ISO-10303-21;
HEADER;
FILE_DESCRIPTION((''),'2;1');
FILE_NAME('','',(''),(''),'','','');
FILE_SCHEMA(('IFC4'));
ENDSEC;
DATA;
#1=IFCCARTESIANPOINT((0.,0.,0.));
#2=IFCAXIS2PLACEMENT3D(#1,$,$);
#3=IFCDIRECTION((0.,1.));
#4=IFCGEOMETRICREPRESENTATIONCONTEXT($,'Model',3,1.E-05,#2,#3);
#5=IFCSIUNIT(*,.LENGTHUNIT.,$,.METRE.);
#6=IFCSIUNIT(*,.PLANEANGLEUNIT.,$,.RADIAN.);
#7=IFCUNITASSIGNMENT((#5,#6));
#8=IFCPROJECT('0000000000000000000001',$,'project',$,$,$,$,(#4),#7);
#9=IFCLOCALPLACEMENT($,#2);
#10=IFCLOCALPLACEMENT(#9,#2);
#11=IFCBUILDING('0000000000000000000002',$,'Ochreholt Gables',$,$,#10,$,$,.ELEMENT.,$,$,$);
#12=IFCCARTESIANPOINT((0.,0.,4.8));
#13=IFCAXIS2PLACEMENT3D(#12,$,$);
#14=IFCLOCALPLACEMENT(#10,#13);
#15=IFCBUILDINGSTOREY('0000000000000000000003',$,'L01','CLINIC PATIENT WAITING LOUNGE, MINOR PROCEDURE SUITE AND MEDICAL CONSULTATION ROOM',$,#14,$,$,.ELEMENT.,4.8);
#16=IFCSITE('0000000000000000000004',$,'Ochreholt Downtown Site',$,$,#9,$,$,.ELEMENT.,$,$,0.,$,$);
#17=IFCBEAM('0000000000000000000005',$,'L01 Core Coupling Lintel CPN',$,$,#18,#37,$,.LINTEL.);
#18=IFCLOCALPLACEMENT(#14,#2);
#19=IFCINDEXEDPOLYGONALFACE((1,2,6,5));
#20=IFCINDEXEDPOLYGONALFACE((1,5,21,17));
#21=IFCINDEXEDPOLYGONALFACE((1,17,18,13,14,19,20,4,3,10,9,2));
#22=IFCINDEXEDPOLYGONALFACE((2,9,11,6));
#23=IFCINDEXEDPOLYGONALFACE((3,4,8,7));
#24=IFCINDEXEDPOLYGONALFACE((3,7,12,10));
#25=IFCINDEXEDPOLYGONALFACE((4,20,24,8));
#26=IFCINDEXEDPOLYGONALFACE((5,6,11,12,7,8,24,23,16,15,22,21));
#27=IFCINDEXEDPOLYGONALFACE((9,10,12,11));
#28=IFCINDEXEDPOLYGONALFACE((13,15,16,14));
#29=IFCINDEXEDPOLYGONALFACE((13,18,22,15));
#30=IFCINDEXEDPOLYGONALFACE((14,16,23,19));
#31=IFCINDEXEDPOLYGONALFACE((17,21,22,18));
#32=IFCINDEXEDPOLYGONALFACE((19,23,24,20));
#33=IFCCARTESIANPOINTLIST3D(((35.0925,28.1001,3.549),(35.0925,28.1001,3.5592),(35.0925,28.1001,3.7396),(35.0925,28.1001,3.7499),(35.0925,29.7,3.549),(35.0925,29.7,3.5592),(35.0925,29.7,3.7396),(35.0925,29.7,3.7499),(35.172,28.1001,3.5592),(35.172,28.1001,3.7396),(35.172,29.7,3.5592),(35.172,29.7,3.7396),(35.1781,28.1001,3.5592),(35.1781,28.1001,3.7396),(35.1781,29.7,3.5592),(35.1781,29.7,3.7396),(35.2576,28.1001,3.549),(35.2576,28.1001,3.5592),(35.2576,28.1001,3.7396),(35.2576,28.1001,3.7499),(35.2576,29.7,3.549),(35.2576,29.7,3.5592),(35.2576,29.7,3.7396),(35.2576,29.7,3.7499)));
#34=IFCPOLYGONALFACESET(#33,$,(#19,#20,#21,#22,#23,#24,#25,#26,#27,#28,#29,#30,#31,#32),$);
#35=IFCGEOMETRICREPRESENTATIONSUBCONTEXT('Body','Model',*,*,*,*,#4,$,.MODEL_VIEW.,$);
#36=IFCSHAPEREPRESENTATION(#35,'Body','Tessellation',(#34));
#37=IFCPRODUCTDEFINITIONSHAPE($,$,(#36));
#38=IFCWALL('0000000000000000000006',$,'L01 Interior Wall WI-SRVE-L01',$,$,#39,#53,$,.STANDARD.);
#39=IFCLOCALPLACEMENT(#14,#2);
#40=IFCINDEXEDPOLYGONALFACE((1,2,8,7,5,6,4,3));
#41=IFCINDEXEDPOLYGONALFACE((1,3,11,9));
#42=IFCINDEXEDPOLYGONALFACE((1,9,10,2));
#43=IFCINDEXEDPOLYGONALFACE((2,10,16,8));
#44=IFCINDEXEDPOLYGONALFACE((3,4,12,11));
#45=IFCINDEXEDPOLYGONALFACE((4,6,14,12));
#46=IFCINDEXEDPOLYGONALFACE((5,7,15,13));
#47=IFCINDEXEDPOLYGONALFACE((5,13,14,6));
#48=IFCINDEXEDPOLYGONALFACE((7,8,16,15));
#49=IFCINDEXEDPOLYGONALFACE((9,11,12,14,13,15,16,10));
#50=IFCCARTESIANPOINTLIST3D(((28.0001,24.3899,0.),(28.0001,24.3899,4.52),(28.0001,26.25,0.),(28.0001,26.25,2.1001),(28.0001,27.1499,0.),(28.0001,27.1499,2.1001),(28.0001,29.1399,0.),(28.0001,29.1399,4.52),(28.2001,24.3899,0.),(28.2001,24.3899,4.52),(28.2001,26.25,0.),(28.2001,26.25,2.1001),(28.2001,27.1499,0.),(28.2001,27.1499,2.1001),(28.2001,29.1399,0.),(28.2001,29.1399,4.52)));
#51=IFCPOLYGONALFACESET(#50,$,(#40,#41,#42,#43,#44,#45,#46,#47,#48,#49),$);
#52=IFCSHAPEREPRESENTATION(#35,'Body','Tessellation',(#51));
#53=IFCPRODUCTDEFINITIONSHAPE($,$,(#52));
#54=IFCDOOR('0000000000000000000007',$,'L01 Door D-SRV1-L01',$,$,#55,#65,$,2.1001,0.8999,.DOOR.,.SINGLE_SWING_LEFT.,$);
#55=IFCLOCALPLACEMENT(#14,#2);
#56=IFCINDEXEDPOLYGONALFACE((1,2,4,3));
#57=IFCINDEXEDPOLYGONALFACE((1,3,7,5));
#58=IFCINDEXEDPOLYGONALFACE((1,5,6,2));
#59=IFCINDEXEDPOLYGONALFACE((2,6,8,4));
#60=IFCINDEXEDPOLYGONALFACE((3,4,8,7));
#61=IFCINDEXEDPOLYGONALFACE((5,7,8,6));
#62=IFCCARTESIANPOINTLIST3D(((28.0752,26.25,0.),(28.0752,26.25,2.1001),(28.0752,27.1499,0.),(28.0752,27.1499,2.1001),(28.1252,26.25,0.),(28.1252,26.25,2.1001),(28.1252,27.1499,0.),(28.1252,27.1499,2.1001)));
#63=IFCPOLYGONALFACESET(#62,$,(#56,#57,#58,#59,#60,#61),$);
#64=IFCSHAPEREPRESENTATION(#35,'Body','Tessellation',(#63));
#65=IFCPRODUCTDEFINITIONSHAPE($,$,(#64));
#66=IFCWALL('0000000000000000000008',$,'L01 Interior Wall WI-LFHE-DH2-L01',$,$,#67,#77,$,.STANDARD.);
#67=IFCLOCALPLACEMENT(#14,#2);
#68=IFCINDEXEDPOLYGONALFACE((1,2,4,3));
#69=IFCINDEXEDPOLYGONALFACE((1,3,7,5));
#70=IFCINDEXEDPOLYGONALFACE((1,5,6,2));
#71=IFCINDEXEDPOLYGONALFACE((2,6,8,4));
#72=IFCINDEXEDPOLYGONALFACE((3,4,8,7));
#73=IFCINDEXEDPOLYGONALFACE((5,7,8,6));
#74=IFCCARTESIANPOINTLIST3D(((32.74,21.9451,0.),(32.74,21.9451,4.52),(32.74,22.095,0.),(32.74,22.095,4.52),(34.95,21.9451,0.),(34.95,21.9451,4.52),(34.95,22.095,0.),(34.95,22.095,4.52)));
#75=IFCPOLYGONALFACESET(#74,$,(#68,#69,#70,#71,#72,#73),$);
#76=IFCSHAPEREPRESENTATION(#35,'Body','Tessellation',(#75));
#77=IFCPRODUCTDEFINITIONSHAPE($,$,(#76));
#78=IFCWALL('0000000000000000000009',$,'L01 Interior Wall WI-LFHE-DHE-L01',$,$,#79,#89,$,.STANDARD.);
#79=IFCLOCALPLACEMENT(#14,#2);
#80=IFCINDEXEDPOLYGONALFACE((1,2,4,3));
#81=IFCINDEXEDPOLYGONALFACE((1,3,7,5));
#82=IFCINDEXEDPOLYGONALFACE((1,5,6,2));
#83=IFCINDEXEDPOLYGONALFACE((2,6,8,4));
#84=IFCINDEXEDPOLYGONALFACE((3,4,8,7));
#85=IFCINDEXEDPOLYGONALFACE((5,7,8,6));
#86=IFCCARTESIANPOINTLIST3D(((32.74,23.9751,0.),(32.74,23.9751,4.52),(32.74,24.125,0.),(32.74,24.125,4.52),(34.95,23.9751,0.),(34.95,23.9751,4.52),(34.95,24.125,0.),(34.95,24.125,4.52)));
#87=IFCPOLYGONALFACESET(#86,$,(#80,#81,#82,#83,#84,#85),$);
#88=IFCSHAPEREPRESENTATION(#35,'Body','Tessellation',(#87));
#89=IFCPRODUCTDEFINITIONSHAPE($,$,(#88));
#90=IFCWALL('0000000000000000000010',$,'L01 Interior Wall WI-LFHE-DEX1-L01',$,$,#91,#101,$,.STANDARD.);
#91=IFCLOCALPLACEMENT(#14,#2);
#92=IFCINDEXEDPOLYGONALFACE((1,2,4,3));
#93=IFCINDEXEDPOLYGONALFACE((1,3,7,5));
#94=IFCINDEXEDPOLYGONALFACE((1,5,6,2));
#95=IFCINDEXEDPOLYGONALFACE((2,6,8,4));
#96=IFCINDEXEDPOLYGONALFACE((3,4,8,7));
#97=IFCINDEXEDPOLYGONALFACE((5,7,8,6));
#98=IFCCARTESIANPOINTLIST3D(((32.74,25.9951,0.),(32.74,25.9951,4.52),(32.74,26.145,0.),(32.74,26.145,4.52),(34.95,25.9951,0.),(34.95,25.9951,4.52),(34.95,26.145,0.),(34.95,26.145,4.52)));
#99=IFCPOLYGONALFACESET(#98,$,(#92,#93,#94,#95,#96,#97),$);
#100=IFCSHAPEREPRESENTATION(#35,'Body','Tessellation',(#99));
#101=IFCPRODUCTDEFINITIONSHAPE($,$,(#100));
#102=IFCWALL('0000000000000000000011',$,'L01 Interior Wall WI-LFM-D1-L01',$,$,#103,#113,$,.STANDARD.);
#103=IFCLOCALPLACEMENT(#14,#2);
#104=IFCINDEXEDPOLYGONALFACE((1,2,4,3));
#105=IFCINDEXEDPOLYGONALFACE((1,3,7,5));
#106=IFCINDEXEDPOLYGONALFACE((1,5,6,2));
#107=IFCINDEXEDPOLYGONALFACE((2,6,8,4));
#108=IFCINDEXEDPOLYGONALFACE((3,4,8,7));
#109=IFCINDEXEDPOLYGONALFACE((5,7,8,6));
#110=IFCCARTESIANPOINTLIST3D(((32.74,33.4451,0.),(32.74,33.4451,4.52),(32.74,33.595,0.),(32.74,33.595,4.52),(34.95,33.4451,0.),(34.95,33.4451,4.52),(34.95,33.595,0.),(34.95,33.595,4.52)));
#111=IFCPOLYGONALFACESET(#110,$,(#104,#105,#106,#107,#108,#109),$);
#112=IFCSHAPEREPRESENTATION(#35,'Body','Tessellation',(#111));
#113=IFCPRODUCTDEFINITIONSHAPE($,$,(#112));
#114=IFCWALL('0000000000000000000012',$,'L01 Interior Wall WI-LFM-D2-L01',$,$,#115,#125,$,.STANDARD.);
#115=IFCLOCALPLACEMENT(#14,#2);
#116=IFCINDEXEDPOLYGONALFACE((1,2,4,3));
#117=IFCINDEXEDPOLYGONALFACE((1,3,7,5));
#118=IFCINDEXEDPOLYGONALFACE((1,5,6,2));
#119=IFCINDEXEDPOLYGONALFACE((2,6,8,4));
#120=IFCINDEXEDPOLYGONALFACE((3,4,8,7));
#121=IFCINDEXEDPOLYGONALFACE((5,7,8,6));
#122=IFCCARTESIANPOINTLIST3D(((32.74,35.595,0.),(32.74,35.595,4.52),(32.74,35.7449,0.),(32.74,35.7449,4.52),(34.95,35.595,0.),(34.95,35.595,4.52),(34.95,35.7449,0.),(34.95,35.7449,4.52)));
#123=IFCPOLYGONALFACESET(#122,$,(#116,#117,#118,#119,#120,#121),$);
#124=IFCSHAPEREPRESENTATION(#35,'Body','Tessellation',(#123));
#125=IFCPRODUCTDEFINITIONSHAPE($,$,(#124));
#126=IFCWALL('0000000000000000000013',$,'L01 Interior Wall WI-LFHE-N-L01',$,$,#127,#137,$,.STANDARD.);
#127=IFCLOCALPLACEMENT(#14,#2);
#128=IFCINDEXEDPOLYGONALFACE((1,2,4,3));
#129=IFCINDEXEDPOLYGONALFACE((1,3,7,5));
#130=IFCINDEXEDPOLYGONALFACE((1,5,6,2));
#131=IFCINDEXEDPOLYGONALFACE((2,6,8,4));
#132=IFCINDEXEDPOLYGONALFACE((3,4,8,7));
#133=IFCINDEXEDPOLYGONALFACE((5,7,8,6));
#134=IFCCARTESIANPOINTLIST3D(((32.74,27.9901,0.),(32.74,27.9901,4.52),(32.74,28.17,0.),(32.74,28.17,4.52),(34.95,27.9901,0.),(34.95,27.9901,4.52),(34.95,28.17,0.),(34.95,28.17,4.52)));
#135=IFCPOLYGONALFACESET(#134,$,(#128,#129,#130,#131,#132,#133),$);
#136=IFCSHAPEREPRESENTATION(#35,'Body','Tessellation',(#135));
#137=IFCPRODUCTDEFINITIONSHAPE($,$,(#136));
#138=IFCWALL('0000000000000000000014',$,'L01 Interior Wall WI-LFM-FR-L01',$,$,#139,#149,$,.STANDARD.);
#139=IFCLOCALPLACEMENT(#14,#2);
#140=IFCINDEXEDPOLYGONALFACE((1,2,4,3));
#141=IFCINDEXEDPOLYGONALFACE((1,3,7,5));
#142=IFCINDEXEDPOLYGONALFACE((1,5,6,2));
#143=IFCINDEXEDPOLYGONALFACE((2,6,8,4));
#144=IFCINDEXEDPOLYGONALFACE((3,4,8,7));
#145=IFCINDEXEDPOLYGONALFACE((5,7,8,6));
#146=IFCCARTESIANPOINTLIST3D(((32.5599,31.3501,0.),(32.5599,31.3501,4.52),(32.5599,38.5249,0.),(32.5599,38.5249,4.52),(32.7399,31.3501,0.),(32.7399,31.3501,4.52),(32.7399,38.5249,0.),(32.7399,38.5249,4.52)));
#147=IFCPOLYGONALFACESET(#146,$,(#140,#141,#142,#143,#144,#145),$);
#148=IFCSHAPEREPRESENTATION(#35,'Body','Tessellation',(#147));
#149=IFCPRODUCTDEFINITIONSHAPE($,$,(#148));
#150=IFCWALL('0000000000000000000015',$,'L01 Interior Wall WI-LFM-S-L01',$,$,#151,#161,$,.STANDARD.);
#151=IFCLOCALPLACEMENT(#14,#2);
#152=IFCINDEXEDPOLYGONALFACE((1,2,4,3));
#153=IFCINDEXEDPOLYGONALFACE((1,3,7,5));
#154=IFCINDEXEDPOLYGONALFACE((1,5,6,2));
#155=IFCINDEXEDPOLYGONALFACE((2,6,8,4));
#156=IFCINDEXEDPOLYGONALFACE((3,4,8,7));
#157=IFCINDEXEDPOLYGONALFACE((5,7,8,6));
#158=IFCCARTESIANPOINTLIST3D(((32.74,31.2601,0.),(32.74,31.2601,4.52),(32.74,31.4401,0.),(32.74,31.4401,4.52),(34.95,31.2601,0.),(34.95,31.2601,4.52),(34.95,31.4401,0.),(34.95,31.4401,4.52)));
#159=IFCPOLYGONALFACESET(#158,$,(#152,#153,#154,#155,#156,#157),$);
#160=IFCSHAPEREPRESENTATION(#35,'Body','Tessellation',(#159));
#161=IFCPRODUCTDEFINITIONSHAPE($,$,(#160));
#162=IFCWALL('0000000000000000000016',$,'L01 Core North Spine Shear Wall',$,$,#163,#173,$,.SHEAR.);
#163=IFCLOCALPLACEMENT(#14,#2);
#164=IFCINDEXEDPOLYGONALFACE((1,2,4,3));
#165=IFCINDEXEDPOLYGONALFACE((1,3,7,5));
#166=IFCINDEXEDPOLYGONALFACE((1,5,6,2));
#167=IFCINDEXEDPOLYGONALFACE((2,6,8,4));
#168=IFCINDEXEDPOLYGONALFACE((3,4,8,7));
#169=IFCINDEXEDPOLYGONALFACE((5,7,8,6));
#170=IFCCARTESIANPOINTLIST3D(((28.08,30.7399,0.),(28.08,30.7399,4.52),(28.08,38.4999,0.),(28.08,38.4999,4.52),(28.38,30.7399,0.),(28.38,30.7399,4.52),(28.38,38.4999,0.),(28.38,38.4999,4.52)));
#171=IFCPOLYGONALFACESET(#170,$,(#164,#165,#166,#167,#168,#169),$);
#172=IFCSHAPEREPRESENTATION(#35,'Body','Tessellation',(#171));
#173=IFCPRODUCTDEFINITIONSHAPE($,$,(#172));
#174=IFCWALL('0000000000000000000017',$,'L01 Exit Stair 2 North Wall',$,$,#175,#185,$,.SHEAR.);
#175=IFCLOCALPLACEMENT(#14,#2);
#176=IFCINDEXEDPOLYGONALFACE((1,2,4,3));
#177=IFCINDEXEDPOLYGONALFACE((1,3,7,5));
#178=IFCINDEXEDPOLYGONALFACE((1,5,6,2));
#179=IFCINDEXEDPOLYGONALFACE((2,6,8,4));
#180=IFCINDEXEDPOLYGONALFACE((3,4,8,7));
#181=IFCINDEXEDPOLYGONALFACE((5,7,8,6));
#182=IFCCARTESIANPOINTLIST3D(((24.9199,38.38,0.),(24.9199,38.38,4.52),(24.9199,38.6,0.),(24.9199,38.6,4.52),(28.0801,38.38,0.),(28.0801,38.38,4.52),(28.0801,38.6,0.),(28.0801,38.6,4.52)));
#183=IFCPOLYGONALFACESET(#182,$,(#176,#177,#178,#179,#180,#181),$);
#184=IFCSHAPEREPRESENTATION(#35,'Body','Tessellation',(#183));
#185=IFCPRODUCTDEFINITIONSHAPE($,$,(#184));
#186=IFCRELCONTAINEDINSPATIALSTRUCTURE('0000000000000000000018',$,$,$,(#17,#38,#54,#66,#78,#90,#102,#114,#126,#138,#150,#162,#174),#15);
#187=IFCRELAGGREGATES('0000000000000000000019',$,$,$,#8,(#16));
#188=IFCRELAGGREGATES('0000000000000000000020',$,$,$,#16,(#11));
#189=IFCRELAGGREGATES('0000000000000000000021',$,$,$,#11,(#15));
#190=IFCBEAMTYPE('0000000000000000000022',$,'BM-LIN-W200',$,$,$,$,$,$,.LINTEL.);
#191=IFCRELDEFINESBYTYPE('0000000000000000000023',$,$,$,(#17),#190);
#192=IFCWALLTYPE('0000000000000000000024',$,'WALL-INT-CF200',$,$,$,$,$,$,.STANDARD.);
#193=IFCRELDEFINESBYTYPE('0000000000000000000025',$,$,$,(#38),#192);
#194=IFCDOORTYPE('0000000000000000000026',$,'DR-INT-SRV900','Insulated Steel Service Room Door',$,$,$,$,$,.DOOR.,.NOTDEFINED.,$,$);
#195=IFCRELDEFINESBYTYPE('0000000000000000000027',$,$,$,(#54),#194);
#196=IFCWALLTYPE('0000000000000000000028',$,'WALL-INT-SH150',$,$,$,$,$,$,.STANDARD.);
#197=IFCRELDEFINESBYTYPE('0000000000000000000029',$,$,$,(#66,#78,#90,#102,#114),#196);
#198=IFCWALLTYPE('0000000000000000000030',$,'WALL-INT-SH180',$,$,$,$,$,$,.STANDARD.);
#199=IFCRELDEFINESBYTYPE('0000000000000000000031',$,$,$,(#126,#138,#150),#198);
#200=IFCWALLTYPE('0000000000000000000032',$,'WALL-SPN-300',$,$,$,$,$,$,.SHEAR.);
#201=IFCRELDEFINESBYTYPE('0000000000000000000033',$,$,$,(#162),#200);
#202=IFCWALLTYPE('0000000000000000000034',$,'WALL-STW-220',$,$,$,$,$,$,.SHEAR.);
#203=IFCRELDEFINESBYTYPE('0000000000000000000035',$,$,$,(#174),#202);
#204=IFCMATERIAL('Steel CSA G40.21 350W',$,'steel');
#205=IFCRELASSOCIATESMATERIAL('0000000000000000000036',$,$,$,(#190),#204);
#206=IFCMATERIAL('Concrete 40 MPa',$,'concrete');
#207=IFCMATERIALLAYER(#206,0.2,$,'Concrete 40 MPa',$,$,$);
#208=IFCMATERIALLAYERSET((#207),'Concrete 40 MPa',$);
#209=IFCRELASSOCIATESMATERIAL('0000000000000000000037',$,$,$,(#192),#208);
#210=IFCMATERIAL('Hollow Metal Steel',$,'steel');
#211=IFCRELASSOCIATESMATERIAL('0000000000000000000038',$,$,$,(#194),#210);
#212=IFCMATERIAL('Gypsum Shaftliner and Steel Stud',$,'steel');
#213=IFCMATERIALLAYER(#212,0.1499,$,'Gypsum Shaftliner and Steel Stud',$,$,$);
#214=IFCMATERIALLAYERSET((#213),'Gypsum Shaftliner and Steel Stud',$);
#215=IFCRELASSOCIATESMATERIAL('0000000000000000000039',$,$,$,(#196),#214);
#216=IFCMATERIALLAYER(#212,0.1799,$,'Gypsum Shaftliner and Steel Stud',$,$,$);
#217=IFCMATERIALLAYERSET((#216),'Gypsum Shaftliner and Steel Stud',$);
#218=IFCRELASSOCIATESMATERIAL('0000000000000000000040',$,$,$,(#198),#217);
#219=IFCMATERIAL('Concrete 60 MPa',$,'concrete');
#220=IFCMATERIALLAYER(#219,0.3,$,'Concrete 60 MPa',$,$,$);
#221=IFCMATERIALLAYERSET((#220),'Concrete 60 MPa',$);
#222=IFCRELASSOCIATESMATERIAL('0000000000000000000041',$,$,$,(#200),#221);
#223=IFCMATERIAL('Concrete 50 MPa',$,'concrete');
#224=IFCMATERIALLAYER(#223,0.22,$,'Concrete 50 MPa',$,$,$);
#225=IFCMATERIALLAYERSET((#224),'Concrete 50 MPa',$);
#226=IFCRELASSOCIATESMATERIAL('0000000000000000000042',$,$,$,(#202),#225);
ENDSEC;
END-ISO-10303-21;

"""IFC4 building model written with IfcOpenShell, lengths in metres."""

from ifc_helpers import new_model, si_unit, direction, frame, frame_2d, origin, origin_2d, place, context, subcontext, project, spatial, rectangle, i_section, extrude, material, layer, layer_set, material_profile, profile_set, type_object, element, fill, save


model = new_model("IFC4")

# Units and contexts
model_context = context("Model", 3, precision=1e-05, world=origin(), true_north=direction((0.0, 1.0)))
body_context = subcontext(model_context, "Body", "Model", "MODEL_VIEW")
ifc_project = project(units=[si_unit("LENGTHUNIT", "METRE"), si_unit("PLANEANGLEUNIT", "RADIAN")], contexts=[model_context])

# Site, building, storey
site_placement = place(None, origin())
site = spatial("IfcSite", under=ifc_project, at=site_placement, Name="Ochreholt Downtown Site", CompositionType="ELEMENT", RefElevation=0.0)
building_placement = place(site_placement, origin())
building = spatial("IfcBuilding", under=site, at=building_placement, Name="Ochreholt Gables", CompositionType="ELEMENT")
storey_placement = place(building_placement, frame((0.0, 0.0, 4.8)))
storey = spatial("IfcBuildingStorey", under=building, at=storey_placement, Name="L01", Description="CLINIC PATIENT WAITING LOUNGE, MINOR PROCEDURE SUITE AND MEDICAL CONSULTATION ROOM", CompositionType="ELEMENT", Elevation=4.8)

# Beam
ifc_material_1 = material(Name="Steel CSA G40.21 350W", Category="steel")
ifc_material_profile = material_profile(ifc_material_1, i_section(OverallWidth=0.165, OverallDepth=0.2009, WebThickness=0.0061, FlangeThickness=0.0103, at=origin_2d()), Name="W200X36")
ifc_profile_set = profile_set([ifc_material_profile], Name="Steel CSA G40.21 350W")
beam_type = type_object("IfcBeamType", Name="BM-LIN-W200", PredefinedType="LINTEL", material=ifc_profile_set)
beam_placement = place(storey_placement, frame((35.175, 28.1001, 3.6494), z_axis=(0.0, 1.0, 0.0), x_axis=(-1.0, 0.0, 0.0)))
element("IfcBeam", 1, at=beam_placement, inside=storey, type_object=beam_type, Name="L01 Core Coupling Lintel CPN", PredefinedType="LINTEL", context=body_context, shape_type="SweptSolid", body=[
    extrude(i_section(OverallWidth=0.165, OverallDepth=0.2009, WebThickness=0.0061, FlangeThickness=0.0103, at=origin_2d()), origin(), (0.0, 0.0, 1.0), 1.5999),
])

# Wall, opening, door
ifc_material_2 = material(Name="Concrete 40 MPa", Category="concrete")
ifc_layer_1 = layer(ifc_material_2, 0.2, Name="Concrete 40 MPa")
ifc_layer_set_1 = layer_set([ifc_layer_1], Name="Concrete 40 MPa")
wall_type_1 = type_object("IfcWallType", Name="WALL-INT-CF200", PredefinedType="STANDARD", material=ifc_layer_set_1)
wall_1_placement = place(storey_placement, frame((28.1001, 24.3899, 0.0), z_axis=(0.0, 0.0, 1.0), x_axis=(0.0, 1.0, 0.0)))
wall_1 = element("IfcWall", 2, at=wall_1_placement, inside=storey, type_object=wall_type_1, Name="L01 Interior Wall WI-SRVE-L01", PredefinedType="STANDARD", context=body_context, shape_type="SweptSolid", body=[
    extrude(rectangle(XDim=4.75, YDim=0.2, at=frame_2d((2.375, 0.0))), origin(), (0.0, 0.0, 1.0), 4.52),
])
opening_placement = place(wall_1_placement, frame((1.8601, 0.0, 0.0)))
opening = element("IfcOpeningElement", 3, at=opening_placement, cuts=wall_1, PredefinedType="OPENING", context=body_context, shape_type="SweptSolid", body=[
    extrude(rectangle(XDim=0.8999, YDim=2.1001, at=frame_2d((0.45, 1.05))), frame((0.0, 0.1099, 0.0), z_axis=(0.0, -1.0, 0.0), x_axis=(1.0, 0.0, 0.0)), (0.0, 0.0, 1.0), 0.22),
])
ifc_material_3 = material(Name="Hollow Metal Steel", Category="steel")
door_type = type_object("IfcDoorType", Name="DR-INT-SRV900", Description="Insulated Steel Service Room Door", OperationType="NOTDEFINED", PredefinedType="DOOR", material=ifc_material_3)
door_placement = place(opening_placement, origin())
door = element("IfcDoor", 4, at=door_placement, inside=storey, type_object=door_type, Name="L01 Door D-SRV1-L01", OperationType="SINGLE_SWING_LEFT", OverallHeight=2.1001, OverallWidth=0.8999, PredefinedType="DOOR", context=body_context, shape_type="SweptSolid", body=[
    extrude(rectangle(XDim=0.8999, YDim=2.1001, at=frame_2d((0.45, 1.05))), frame((0.0, 0.0249, 0.0), z_axis=(0.0, -1.0, 0.0), x_axis=(1.0, 0.0, 0.0)), (0.0, 0.0, 1.0), 0.05),
])
fill(opening, door)

# Walls
ifc_material_4 = material(Name="Gypsum Shaftliner and Steel Stud", Category="steel")
ifc_layer_2 = layer(ifc_material_4, 0.1499, Name="Gypsum Shaftliner and Steel Stud")
ifc_layer_set_2 = layer_set([ifc_layer_2], Name="Gypsum Shaftliner and Steel Stud")
wall_type_2 = type_object("IfcWallType", Name="WALL-INT-SH150", PredefinedType="STANDARD", material=ifc_layer_set_2)
for number, where, z_axis, x_axis, name in (
    (5, (32.74, 22.02, 0.0), (0.0, 0.0, 1.0), (1.0, 0.0, 0.0), "L01 Interior Wall WI-LFHE-DH2-L01"),
    (6, (32.74, 24.05, 0.0), (0.0, 0.0, 1.0), (1.0, 0.0, 0.0), "L01 Interior Wall WI-LFHE-DHE-L01"),
    (7, (32.74, 26.0701, 0.0), (0.0, 0.0, 1.0), (1.0, 0.0, 0.0), "L01 Interior Wall WI-LFHE-DEX1-L01"),
    (8, (32.74, 33.52, 0.0), (0.0, 0.0, 1.0), (1.0, 0.0, 0.0), "L01 Interior Wall WI-LFM-D1-L01"),
    (9, (32.74, 35.6699, 0.0), (0.0, 0.0, 1.0), (1.0, 0.0, 0.0), "L01 Interior Wall WI-LFM-D2-L01"),
):
    element("IfcWall", number, at=place(storey_placement, frame(where, z_axis=z_axis, x_axis=x_axis)), inside=storey, type_object=wall_type_2, Name=name, PredefinedType="STANDARD", context=body_context, shape_type="SweptSolid", body=[
        extrude(rectangle(XDim=2.21, YDim=0.1499, at=frame_2d((1.105, 0.0))), origin(), (0.0, 0.0, 1.0), 4.52),
    ])
ifc_layer_3 = layer(ifc_material_4, 0.1799, Name="Gypsum Shaftliner and Steel Stud")
ifc_layer_set_3 = layer_set([ifc_layer_3], Name="Gypsum Shaftliner and Steel Stud")
wall_type_3 = type_object("IfcWallType", Name="WALL-INT-SH180", PredefinedType="STANDARD", material=ifc_layer_set_3)
wall_2_placement = place(storey_placement, frame((32.74, 28.0801, 0.0), z_axis=(0.0, 0.0, 1.0), x_axis=(1.0, 0.0, 0.0)))
element("IfcWall", 10, at=wall_2_placement, inside=storey, type_object=wall_type_3, Name="L01 Interior Wall WI-LFHE-N-L01", PredefinedType="STANDARD", context=body_context, shape_type="SweptSolid", body=[
    extrude(rectangle(XDim=2.21, YDim=0.1799, at=frame_2d((1.105, 0.0))), origin(), (0.0, 0.0, 1.0), 4.52),
])
wall_3_placement = place(storey_placement, frame((32.6499, 31.3501, 0.0), z_axis=(0.0, 0.0, 1.0), x_axis=(0.0, 1.0, 0.0)))
element("IfcWall", 11, at=wall_3_placement, inside=storey, type_object=wall_type_3, Name="L01 Interior Wall WI-LFM-FR-L01", PredefinedType="STANDARD", context=body_context, shape_type="SweptSolid", body=[
    extrude(rectangle(XDim=7.1748, YDim=0.1799, at=frame_2d((3.5874, 0.0))), origin(), (0.0, 0.0, 1.0), 4.52),
])
wall_4_placement = place(storey_placement, frame((32.74, 31.3501, 0.0), z_axis=(0.0, 0.0, 1.0), x_axis=(1.0, 0.0, 0.0)))
element("IfcWall", 12, at=wall_4_placement, inside=storey, type_object=wall_type_3, Name="L01 Interior Wall WI-LFM-S-L01", PredefinedType="STANDARD", context=body_context, shape_type="SweptSolid", body=[
    extrude(rectangle(XDim=2.21, YDim=0.1799, at=frame_2d((1.105, 0.0))), origin(), (0.0, 0.0, 1.0), 4.52),
])
ifc_material_5 = material(Name="Concrete 60 MPa", Category="concrete")
ifc_layer_4 = layer(ifc_material_5, 0.3, Name="Concrete 60 MPa")
ifc_layer_set_4 = layer_set([ifc_layer_4], Name="Concrete 60 MPa")
wall_type_4 = type_object("IfcWallType", Name="WALL-SPN-300", PredefinedType="SHEAR", material=ifc_layer_set_4)
wall_5_placement = place(storey_placement, frame((28.23, 30.74, 0.0), z_axis=(0.0, 0.0, 1.0), x_axis=(0.0, 1.0, 0.0)))
element("IfcWall", 13, at=wall_5_placement, inside=storey, type_object=wall_type_4, Name="L01 Core North Spine Shear Wall", PredefinedType="SHEAR", context=body_context, shape_type="SweptSolid", body=[
    extrude(rectangle(XDim=7.76, YDim=0.3, at=frame_2d((3.8799, 0.0))), origin(), (0.0, 0.0, 1.0), 4.52),
])
ifc_material_6 = material(Name="Concrete 50 MPa", Category="concrete")
ifc_layer_5 = layer(ifc_material_6, 0.22, Name="Concrete 50 MPa")
ifc_layer_set_5 = layer_set([ifc_layer_5], Name="Concrete 50 MPa")
wall_type_5 = type_object("IfcWallType", Name="WALL-STW-220", PredefinedType="SHEAR", material=ifc_layer_set_5)
wall_6_placement = place(storey_placement, frame((24.9199, 38.49, 0.0), z_axis=(0.0, 0.0, 1.0), x_axis=(1.0, 0.0, 0.0)))
element("IfcWall", 14, at=wall_6_placement, inside=storey, type_object=wall_type_5, Name="L01 Exit Stair 2 North Wall", PredefinedType="SHEAR", context=body_context, shape_type="SweptSolid", body=[
    extrude(rectangle(XDim=3.1602, YDim=0.22, at=frame_2d((1.5801, 0.0))), origin(), (0.0, 0.0, 1.0), 4.52),
])

save(model, "model.ifc")
